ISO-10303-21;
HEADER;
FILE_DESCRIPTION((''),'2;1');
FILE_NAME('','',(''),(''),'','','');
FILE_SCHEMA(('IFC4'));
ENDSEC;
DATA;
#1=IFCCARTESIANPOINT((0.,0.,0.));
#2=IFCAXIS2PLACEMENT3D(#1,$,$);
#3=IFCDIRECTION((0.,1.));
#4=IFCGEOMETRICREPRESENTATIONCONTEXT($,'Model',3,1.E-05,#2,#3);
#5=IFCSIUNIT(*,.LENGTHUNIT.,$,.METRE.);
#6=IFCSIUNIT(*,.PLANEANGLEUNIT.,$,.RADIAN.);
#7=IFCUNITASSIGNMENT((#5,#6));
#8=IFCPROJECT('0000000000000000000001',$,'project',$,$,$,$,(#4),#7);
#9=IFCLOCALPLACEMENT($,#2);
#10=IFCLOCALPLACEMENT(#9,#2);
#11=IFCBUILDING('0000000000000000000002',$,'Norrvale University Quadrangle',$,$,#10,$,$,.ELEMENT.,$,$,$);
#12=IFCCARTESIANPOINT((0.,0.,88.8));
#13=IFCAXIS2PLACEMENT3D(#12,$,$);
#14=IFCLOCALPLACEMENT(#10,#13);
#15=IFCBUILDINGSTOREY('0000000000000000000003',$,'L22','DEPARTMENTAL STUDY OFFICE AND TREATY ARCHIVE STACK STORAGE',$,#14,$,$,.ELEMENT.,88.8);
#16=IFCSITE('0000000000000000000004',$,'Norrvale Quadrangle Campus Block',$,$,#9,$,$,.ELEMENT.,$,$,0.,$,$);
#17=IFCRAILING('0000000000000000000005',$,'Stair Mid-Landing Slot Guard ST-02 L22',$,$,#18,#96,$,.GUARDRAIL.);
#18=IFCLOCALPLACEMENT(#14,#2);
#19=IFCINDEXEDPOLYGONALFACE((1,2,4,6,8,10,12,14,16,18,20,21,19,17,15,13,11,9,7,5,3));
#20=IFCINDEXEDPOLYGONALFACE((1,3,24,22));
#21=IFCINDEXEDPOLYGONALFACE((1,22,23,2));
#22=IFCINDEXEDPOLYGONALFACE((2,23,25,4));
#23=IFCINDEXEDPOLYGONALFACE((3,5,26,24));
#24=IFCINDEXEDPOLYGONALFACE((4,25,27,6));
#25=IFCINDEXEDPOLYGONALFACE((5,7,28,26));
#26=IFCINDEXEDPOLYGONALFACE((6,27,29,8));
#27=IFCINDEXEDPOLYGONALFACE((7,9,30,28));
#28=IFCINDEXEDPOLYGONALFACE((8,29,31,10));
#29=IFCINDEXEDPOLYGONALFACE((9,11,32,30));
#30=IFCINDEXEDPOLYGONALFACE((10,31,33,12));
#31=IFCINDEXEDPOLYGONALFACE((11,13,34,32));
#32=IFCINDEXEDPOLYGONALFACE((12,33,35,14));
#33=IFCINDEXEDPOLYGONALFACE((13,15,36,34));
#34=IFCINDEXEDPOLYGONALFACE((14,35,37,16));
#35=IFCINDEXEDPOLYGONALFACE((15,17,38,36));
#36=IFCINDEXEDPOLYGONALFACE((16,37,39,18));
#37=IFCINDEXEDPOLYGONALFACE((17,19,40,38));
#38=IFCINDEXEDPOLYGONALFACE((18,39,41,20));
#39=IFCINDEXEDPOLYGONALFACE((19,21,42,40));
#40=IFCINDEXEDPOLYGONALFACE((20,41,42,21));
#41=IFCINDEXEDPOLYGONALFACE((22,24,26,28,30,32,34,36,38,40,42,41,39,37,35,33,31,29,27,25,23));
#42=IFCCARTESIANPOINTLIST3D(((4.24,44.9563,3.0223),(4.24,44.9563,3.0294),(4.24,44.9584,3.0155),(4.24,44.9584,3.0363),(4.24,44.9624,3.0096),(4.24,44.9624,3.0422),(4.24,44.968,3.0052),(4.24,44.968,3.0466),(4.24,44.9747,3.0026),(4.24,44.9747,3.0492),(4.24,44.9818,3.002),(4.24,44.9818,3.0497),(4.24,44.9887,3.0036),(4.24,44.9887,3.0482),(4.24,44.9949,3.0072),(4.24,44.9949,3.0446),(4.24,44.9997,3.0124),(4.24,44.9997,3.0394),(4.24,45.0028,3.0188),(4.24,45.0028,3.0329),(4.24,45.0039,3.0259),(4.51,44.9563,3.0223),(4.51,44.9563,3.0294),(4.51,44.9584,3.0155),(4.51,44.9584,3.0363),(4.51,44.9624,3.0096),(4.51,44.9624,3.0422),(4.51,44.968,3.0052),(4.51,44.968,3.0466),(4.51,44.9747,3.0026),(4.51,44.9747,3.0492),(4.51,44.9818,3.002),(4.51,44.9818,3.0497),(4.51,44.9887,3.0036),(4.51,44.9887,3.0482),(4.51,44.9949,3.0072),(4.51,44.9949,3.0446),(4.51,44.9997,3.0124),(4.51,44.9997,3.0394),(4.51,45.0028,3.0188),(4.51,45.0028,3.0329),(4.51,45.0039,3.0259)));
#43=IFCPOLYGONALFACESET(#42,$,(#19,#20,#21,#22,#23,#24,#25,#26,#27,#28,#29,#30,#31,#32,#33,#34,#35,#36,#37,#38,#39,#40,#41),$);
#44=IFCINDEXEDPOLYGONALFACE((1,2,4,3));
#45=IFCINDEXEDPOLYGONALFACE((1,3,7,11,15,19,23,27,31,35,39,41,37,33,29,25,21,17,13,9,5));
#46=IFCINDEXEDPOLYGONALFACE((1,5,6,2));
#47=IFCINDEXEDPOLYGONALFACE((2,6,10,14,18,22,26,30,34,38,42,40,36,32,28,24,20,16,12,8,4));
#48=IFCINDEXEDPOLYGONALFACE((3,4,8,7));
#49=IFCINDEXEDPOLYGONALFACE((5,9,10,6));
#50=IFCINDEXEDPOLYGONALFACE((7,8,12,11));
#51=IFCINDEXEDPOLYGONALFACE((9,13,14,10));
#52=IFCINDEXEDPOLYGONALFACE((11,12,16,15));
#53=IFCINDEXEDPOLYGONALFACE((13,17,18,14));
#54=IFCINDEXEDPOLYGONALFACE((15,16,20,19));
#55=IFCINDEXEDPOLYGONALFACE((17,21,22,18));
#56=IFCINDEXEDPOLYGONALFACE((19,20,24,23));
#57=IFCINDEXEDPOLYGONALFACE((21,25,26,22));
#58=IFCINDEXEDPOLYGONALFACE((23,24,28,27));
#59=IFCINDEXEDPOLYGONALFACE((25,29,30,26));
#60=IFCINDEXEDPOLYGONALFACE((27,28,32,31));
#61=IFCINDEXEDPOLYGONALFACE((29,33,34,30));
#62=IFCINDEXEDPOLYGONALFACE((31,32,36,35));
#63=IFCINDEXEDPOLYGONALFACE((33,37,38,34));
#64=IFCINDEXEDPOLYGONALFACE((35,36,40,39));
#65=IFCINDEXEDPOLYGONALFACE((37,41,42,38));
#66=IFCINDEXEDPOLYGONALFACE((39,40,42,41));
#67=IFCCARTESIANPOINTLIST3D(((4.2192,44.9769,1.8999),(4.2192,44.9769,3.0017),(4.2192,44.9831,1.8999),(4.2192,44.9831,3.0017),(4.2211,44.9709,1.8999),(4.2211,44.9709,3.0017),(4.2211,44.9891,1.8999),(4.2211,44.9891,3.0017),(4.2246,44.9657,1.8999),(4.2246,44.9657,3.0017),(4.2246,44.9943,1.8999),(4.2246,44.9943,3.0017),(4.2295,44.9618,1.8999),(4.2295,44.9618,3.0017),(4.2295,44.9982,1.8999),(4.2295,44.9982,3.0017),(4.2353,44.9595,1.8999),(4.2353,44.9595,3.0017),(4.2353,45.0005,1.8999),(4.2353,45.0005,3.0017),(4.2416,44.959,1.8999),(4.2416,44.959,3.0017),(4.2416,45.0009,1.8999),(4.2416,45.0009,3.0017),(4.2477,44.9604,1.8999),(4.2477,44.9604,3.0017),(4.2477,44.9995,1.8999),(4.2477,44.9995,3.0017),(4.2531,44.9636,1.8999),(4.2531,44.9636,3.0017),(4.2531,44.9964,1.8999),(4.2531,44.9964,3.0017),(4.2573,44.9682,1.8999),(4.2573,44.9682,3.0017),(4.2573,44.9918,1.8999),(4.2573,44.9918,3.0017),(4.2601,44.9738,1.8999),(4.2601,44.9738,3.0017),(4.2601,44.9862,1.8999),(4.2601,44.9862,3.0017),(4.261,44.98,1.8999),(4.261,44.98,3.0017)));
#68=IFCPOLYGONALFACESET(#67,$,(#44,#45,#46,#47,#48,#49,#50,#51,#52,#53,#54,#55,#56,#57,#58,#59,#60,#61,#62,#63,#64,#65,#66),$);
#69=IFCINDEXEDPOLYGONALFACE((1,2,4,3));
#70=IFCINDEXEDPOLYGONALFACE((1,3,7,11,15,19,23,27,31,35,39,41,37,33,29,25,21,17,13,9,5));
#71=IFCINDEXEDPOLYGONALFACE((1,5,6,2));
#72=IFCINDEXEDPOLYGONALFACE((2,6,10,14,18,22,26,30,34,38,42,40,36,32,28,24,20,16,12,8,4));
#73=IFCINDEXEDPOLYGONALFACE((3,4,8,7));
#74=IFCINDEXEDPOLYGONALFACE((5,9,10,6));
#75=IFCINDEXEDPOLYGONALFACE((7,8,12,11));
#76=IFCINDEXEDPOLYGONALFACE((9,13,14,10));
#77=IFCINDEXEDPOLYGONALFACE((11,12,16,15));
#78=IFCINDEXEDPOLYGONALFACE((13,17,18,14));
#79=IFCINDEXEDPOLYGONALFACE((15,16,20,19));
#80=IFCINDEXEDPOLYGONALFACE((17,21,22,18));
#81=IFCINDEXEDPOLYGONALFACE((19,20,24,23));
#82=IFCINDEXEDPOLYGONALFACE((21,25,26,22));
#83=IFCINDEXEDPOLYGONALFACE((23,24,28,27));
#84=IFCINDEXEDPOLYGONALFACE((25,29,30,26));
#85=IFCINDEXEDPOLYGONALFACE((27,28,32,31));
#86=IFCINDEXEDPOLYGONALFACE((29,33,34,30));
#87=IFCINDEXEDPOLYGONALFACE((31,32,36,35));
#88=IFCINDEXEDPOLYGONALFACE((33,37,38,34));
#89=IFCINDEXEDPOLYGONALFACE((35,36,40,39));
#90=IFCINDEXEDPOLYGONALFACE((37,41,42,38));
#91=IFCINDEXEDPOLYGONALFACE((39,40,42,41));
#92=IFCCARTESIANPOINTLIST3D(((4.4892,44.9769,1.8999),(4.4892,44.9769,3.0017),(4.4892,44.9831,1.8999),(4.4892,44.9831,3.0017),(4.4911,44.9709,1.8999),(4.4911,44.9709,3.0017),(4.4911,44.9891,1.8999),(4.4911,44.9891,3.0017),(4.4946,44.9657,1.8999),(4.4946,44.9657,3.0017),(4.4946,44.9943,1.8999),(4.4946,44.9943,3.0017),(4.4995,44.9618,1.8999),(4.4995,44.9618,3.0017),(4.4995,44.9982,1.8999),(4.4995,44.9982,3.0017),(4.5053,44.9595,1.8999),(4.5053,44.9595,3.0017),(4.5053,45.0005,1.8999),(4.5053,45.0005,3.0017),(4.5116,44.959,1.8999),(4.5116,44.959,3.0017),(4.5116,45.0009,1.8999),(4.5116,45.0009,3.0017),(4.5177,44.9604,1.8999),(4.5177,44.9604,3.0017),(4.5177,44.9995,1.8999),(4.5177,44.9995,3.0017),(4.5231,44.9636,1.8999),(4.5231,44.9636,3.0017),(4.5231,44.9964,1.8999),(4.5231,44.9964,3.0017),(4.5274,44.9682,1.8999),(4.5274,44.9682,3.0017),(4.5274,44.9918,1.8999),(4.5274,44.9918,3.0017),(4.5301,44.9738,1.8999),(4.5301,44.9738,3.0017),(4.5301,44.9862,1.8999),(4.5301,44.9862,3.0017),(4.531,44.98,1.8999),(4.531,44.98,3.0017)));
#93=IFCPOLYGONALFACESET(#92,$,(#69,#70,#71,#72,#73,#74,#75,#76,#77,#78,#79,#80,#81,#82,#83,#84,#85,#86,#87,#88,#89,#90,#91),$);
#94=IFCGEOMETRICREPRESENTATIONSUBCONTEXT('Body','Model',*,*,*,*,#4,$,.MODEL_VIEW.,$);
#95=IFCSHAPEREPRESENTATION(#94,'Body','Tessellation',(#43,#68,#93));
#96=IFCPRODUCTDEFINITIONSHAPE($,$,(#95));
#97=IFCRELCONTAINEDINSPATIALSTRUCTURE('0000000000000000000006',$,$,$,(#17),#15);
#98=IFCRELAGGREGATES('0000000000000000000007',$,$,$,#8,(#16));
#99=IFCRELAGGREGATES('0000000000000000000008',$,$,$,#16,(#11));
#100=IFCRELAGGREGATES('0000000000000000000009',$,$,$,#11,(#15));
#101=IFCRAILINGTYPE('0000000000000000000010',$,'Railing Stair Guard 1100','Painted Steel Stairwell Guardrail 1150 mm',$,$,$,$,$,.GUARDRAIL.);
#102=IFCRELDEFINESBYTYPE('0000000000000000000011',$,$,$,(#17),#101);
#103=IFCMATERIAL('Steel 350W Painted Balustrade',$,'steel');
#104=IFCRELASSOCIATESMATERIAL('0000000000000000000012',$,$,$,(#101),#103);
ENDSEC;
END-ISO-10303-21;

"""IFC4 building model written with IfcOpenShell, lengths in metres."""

from ifc_helpers import new_model, si_unit, direction, frame, origin, origin_2d, place, context, subcontext, project, spatial, circle, extrude, material, type_object, element, save


model = new_model("IFC4")

# Units and contexts
model_context = context("Model", 3, precision=1e-05, world=origin(), true_north=direction((0.0, 1.0)))
body_context = subcontext(model_context, "Body", "Model", "MODEL_VIEW")
ifc_project = project(units=[si_unit("LENGTHUNIT", "METRE"), si_unit("PLANEANGLEUNIT", "RADIAN")], contexts=[model_context])

# Site, building, storey
site_placement = place(None, origin())
site = spatial("IfcSite", under=ifc_project, at=site_placement, Name="Norrvale Quadrangle Campus Block", CompositionType="ELEMENT", RefElevation=0.0)
building_placement = place(site_placement, origin())
building = spatial("IfcBuilding", under=site, at=building_placement, Name="Norrvale University Quadrangle", CompositionType="ELEMENT")
storey_placement = place(building_placement, frame((0.0, 0.0, 88.8)))
storey = spatial("IfcBuildingStorey", under=building, at=storey_placement, Name="L22", Description="DEPARTMENTAL STUDY OFFICE AND TREATY ARCHIVE STACK STORAGE", CompositionType="ELEMENT", Elevation=88.8)

# Railing
ifc_material_1 = material(Name="Steel 350W Painted Balustrade", Category="steel")
railing_type_1 = type_object("IfcRailingType", Name="Railing Stair Guard 1100", Description="Painted Steel Stairwell Guardrail 1150 mm", PredefinedType="GUARDRAIL", material=ifc_material_1)
for number, where, name in (
    (1, (4.24, 44.98, 1.8999), "Stair Mid-Landing Slot Guard ST-02 L22"),
):
    element("IfcRailing", number, at=place(storey_placement, frame(where)), inside=storey, type_object=railing_type_1, Name=name, PredefinedType="GUARDRAIL", context=body_context, shape_type="SweptSolid", body=[
        extrude(circle(Radius=0.0239, at=origin_2d()), frame((0.0, 0.0, 1.126), z_axis=(1.0, 0.0, 0.0), x_axis=(0.0, 1.0, 0.0)), (0.0, 0.0, 1.0), 0.27),
        extrude(circle(Radius=0.021, at=origin_2d()), origin(), (0.0, 0.0, 1.0), 1.1018),
        extrude(circle(Radius=0.021, at=origin_2d()), frame((0.27, 0.0, 0.0)), (0.0, 0.0, 1.0), 1.1018),
    ])

save(model, "model.ifc")
